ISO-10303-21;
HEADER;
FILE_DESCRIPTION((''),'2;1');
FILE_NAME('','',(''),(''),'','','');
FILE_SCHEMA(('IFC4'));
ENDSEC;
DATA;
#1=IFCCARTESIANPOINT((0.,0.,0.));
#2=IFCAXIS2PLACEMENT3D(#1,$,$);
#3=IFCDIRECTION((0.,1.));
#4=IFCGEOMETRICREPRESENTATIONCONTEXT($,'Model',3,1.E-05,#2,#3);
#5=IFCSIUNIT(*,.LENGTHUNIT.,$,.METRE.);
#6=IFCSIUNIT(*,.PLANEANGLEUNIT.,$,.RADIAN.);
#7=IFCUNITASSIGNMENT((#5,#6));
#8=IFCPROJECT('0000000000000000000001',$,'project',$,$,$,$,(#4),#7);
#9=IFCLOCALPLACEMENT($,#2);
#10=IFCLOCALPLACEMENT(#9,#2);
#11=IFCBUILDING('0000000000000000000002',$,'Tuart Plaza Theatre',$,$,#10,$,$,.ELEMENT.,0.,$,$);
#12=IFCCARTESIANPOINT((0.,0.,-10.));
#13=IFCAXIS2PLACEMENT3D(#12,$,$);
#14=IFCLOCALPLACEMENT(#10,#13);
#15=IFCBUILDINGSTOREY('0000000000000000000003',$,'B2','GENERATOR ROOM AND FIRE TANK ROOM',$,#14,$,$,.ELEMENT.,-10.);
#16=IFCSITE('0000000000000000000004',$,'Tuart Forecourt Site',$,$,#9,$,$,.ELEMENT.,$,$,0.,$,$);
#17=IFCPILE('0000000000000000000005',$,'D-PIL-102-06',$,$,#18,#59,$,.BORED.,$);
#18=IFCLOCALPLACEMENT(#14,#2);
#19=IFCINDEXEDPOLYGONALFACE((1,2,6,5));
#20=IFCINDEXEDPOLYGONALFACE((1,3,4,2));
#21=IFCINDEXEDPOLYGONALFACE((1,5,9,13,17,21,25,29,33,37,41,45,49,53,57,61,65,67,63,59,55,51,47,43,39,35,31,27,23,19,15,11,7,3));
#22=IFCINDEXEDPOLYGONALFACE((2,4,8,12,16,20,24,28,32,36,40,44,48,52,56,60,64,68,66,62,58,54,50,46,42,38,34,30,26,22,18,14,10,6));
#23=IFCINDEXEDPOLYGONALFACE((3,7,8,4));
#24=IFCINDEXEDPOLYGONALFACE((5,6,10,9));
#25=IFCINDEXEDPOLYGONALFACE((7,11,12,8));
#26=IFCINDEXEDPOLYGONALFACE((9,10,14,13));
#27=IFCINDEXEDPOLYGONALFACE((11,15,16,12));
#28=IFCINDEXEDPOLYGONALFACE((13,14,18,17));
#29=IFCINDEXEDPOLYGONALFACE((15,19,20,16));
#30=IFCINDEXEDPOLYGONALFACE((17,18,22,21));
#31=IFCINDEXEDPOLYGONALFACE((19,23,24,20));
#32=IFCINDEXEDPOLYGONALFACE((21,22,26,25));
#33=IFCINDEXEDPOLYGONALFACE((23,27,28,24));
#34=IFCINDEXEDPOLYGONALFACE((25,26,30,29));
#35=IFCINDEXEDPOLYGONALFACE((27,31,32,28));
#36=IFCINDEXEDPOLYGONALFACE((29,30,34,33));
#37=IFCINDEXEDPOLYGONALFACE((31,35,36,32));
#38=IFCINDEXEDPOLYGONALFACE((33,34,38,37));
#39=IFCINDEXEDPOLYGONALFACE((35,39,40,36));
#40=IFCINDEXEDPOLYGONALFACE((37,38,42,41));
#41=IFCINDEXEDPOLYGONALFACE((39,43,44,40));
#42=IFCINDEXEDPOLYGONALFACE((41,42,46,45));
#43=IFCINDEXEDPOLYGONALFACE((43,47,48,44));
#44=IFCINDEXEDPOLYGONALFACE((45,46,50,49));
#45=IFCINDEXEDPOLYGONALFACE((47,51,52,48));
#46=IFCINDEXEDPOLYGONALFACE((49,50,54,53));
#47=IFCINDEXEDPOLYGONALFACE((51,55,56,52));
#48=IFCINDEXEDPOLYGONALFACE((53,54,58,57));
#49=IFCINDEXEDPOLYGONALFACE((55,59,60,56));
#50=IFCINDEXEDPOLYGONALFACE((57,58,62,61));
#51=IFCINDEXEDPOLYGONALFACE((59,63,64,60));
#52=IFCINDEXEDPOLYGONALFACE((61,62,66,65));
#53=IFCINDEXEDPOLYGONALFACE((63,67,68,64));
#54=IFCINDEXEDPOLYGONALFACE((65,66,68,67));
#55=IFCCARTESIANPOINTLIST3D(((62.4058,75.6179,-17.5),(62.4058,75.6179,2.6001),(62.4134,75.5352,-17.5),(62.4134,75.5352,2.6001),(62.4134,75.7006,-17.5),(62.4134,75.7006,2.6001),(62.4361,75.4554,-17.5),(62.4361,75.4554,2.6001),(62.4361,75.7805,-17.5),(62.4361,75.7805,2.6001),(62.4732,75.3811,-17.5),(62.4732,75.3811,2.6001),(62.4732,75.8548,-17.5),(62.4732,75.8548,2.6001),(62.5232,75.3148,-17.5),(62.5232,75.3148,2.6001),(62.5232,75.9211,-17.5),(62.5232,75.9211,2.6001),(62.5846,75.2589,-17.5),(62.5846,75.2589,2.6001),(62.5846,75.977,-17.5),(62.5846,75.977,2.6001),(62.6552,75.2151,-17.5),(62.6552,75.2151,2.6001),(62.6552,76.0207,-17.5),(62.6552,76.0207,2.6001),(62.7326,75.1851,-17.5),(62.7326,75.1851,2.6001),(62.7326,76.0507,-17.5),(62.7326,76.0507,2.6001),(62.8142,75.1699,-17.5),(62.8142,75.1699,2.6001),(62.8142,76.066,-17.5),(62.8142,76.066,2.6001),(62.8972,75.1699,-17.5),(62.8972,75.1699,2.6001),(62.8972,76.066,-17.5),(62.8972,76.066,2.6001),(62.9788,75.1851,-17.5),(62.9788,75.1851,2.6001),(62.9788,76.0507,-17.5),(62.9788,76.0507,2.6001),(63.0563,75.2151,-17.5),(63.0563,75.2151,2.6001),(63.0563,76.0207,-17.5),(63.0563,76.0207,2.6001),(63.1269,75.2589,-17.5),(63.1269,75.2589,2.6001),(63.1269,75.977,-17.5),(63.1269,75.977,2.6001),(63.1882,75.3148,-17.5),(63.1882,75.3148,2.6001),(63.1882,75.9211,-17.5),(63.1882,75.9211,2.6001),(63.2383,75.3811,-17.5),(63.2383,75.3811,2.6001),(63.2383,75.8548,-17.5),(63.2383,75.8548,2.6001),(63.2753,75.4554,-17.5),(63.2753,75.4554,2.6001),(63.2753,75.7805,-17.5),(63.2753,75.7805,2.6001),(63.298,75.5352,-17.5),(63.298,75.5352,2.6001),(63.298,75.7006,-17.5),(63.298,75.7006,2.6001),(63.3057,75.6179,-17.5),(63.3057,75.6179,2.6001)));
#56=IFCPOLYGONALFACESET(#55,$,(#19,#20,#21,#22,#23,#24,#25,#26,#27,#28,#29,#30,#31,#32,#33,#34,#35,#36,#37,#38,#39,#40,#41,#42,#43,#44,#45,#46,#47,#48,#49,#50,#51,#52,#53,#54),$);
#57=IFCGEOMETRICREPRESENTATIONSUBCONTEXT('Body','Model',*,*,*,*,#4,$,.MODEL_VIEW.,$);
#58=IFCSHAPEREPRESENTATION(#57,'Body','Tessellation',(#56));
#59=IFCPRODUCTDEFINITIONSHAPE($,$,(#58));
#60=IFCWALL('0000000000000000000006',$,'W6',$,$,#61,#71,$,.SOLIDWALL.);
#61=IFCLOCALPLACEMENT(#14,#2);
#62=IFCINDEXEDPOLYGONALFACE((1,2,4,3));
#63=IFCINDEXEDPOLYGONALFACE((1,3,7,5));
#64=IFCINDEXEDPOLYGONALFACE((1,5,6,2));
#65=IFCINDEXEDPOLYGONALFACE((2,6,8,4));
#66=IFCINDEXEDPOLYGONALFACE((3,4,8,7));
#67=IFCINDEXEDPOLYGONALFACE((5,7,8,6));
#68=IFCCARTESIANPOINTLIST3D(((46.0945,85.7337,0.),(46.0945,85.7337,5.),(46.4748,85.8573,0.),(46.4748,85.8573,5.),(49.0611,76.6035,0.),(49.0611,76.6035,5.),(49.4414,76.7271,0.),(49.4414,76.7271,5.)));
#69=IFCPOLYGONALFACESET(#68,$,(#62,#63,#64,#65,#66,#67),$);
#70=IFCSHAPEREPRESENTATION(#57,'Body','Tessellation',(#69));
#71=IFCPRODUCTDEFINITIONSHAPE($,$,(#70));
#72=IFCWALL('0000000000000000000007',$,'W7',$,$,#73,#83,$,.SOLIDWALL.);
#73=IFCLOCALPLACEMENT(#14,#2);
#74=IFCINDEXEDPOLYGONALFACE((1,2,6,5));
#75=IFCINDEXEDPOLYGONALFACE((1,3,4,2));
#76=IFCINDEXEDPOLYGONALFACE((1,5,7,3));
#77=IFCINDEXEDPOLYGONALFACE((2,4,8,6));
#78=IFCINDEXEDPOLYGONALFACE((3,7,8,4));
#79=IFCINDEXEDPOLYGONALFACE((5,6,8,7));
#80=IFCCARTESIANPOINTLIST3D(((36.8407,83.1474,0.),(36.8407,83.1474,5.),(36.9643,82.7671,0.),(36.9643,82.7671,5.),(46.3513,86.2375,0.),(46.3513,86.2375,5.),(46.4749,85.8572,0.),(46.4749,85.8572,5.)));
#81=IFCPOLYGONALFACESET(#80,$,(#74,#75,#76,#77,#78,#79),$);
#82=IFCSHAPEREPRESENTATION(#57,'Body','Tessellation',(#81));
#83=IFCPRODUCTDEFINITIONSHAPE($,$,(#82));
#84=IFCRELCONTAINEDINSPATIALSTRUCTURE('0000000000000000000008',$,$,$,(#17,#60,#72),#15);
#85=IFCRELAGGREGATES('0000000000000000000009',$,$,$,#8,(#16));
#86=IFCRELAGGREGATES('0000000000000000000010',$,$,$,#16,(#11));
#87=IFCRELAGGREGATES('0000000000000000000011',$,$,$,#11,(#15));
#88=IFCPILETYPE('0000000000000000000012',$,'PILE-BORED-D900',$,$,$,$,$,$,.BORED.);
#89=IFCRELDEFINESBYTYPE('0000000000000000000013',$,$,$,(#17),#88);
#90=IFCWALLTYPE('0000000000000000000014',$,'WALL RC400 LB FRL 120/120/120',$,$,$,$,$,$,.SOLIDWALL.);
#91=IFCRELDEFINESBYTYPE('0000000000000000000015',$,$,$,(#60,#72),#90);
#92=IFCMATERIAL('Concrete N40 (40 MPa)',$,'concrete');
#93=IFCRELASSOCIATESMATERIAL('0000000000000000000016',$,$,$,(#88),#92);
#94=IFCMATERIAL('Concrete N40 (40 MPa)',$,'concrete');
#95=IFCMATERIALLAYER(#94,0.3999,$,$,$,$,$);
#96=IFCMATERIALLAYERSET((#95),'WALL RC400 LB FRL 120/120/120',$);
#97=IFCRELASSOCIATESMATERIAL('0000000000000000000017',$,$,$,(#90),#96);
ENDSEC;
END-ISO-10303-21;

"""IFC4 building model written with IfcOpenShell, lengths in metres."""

from ifc_helpers import new_model, si_unit, direction, frame, frame_2d, origin, origin_2d, place, context, subcontext, project, spatial, rectangle, circle, extrude, material, layer, layer_set, material_profile, profile_set, type_object, element, save


model = new_model("IFC4")

# Units and contexts
model_context = context("Model", 3, precision=1e-05, world=origin(), true_north=direction((0.0, 1.0)))
body_context = subcontext(model_context, "Body", "Model", "MODEL_VIEW")
ifc_project = project(units=[si_unit("LENGTHUNIT", "METRE"), si_unit("PLANEANGLEUNIT", "RADIAN")], contexts=[model_context])

# Site, building, storey
site_placement = place(None, origin())
site = spatial("IfcSite", under=ifc_project, at=site_placement, Name="Tuart Forecourt Site", CompositionType="ELEMENT", RefElevation=0.0)
building_placement = place(site_placement, origin())
building = spatial("IfcBuilding", under=site, at=building_placement, Name="Tuart Plaza Theatre", CompositionType="ELEMENT", ElevationOfRefHeight=0.0)
storey_placement = place(building_placement, frame((0.0, 0.0, -10.0)))
storey = spatial("IfcBuildingStorey", under=building, at=storey_placement, Name="B2", Description="GENERATOR ROOM AND FIRE TANK ROOM", CompositionType="ELEMENT", Elevation=-10.0)

# Pile
ifc_material_1 = material(Name="Concrete N40 (40 MPa)", Category="concrete")
ifc_material_profile_1 = material_profile(ifc_material_1, circle(Radius=0.45, at=origin_2d()), Name="PILE-BORED-D900")
ifc_profile_set_1 = profile_set([ifc_material_profile_1], Name="Concrete N40 (40 MPa)")
pile_type_1 = type_object("IfcPileType", Name="PILE-BORED-D900", PredefinedType="BORED", material=ifc_profile_set_1)
for number, where, z_axis, x_axis, name in (
    (1, (62.8557, 75.6179, 2.6001), (0.0, 0.0, -1.0), (1.0, 0.0, 0.0), "D-PIL-102-06"),
):
    element("IfcPile", number, at=place(storey_placement, frame(where, z_axis=z_axis, x_axis=x_axis)), inside=storey, type_object=pile_type_1, Name=name, PredefinedType="BORED", context=body_context, shape_type="SweptSolid", body=[
        extrude(circle(Radius=0.45, at=origin_2d()), origin(), (0.0, 0.0, 1.0), 20.1001),
    ])

# Walls
ifc_material_2 = material(Name="Concrete N40 (40 MPa)", Category="concrete")
ifc_layer = layer(ifc_material_2, 0.3999)
ifc_layer_set = layer_set([ifc_layer], Name="WALL RC400 LB FRL 120/120/120")
wall_type = type_object("IfcWallType", Name="WALL RC400 LB FRL 120/120/120", PredefinedType="SOLIDWALL", material=ifc_layer_set)
wall_1_placement = place(storey_placement, frame((49.2512, 76.6653, 0.0), z_axis=(0.0, 0.0, 1.0), x_axis=(-0.309016, 0.951057, 0.0)))
element("IfcWall", 2, at=wall_1_placement, inside=storey, type_object=wall_type, Name="W6", PredefinedType="SOLIDWALL", context=body_context, shape_type="SweptSolid", body=[
    extrude(rectangle(XDim=9.6001, YDim=0.3999, at=frame_2d((4.8, 0.0))), origin(), (0.0, 0.0, 1.0), 5.0),
])
wall_2_placement = place(storey_placement, frame((46.4131, 86.0474, 0.0), z_axis=(0.0, 0.0, 1.0), x_axis=(-0.951058, -0.309012, 0.0)))
element("IfcWall", 3, at=wall_2_placement, inside=storey, type_object=wall_type, Name="W7", PredefinedType="SOLIDWALL", context=body_context, shape_type="SweptSolid", body=[
    extrude(rectangle(XDim=10.0, YDim=0.3999, at=frame_2d((5.0, 0.0))), origin(), (0.0, 0.0, 1.0), 5.0),
])

save(model, "model.ifc")
